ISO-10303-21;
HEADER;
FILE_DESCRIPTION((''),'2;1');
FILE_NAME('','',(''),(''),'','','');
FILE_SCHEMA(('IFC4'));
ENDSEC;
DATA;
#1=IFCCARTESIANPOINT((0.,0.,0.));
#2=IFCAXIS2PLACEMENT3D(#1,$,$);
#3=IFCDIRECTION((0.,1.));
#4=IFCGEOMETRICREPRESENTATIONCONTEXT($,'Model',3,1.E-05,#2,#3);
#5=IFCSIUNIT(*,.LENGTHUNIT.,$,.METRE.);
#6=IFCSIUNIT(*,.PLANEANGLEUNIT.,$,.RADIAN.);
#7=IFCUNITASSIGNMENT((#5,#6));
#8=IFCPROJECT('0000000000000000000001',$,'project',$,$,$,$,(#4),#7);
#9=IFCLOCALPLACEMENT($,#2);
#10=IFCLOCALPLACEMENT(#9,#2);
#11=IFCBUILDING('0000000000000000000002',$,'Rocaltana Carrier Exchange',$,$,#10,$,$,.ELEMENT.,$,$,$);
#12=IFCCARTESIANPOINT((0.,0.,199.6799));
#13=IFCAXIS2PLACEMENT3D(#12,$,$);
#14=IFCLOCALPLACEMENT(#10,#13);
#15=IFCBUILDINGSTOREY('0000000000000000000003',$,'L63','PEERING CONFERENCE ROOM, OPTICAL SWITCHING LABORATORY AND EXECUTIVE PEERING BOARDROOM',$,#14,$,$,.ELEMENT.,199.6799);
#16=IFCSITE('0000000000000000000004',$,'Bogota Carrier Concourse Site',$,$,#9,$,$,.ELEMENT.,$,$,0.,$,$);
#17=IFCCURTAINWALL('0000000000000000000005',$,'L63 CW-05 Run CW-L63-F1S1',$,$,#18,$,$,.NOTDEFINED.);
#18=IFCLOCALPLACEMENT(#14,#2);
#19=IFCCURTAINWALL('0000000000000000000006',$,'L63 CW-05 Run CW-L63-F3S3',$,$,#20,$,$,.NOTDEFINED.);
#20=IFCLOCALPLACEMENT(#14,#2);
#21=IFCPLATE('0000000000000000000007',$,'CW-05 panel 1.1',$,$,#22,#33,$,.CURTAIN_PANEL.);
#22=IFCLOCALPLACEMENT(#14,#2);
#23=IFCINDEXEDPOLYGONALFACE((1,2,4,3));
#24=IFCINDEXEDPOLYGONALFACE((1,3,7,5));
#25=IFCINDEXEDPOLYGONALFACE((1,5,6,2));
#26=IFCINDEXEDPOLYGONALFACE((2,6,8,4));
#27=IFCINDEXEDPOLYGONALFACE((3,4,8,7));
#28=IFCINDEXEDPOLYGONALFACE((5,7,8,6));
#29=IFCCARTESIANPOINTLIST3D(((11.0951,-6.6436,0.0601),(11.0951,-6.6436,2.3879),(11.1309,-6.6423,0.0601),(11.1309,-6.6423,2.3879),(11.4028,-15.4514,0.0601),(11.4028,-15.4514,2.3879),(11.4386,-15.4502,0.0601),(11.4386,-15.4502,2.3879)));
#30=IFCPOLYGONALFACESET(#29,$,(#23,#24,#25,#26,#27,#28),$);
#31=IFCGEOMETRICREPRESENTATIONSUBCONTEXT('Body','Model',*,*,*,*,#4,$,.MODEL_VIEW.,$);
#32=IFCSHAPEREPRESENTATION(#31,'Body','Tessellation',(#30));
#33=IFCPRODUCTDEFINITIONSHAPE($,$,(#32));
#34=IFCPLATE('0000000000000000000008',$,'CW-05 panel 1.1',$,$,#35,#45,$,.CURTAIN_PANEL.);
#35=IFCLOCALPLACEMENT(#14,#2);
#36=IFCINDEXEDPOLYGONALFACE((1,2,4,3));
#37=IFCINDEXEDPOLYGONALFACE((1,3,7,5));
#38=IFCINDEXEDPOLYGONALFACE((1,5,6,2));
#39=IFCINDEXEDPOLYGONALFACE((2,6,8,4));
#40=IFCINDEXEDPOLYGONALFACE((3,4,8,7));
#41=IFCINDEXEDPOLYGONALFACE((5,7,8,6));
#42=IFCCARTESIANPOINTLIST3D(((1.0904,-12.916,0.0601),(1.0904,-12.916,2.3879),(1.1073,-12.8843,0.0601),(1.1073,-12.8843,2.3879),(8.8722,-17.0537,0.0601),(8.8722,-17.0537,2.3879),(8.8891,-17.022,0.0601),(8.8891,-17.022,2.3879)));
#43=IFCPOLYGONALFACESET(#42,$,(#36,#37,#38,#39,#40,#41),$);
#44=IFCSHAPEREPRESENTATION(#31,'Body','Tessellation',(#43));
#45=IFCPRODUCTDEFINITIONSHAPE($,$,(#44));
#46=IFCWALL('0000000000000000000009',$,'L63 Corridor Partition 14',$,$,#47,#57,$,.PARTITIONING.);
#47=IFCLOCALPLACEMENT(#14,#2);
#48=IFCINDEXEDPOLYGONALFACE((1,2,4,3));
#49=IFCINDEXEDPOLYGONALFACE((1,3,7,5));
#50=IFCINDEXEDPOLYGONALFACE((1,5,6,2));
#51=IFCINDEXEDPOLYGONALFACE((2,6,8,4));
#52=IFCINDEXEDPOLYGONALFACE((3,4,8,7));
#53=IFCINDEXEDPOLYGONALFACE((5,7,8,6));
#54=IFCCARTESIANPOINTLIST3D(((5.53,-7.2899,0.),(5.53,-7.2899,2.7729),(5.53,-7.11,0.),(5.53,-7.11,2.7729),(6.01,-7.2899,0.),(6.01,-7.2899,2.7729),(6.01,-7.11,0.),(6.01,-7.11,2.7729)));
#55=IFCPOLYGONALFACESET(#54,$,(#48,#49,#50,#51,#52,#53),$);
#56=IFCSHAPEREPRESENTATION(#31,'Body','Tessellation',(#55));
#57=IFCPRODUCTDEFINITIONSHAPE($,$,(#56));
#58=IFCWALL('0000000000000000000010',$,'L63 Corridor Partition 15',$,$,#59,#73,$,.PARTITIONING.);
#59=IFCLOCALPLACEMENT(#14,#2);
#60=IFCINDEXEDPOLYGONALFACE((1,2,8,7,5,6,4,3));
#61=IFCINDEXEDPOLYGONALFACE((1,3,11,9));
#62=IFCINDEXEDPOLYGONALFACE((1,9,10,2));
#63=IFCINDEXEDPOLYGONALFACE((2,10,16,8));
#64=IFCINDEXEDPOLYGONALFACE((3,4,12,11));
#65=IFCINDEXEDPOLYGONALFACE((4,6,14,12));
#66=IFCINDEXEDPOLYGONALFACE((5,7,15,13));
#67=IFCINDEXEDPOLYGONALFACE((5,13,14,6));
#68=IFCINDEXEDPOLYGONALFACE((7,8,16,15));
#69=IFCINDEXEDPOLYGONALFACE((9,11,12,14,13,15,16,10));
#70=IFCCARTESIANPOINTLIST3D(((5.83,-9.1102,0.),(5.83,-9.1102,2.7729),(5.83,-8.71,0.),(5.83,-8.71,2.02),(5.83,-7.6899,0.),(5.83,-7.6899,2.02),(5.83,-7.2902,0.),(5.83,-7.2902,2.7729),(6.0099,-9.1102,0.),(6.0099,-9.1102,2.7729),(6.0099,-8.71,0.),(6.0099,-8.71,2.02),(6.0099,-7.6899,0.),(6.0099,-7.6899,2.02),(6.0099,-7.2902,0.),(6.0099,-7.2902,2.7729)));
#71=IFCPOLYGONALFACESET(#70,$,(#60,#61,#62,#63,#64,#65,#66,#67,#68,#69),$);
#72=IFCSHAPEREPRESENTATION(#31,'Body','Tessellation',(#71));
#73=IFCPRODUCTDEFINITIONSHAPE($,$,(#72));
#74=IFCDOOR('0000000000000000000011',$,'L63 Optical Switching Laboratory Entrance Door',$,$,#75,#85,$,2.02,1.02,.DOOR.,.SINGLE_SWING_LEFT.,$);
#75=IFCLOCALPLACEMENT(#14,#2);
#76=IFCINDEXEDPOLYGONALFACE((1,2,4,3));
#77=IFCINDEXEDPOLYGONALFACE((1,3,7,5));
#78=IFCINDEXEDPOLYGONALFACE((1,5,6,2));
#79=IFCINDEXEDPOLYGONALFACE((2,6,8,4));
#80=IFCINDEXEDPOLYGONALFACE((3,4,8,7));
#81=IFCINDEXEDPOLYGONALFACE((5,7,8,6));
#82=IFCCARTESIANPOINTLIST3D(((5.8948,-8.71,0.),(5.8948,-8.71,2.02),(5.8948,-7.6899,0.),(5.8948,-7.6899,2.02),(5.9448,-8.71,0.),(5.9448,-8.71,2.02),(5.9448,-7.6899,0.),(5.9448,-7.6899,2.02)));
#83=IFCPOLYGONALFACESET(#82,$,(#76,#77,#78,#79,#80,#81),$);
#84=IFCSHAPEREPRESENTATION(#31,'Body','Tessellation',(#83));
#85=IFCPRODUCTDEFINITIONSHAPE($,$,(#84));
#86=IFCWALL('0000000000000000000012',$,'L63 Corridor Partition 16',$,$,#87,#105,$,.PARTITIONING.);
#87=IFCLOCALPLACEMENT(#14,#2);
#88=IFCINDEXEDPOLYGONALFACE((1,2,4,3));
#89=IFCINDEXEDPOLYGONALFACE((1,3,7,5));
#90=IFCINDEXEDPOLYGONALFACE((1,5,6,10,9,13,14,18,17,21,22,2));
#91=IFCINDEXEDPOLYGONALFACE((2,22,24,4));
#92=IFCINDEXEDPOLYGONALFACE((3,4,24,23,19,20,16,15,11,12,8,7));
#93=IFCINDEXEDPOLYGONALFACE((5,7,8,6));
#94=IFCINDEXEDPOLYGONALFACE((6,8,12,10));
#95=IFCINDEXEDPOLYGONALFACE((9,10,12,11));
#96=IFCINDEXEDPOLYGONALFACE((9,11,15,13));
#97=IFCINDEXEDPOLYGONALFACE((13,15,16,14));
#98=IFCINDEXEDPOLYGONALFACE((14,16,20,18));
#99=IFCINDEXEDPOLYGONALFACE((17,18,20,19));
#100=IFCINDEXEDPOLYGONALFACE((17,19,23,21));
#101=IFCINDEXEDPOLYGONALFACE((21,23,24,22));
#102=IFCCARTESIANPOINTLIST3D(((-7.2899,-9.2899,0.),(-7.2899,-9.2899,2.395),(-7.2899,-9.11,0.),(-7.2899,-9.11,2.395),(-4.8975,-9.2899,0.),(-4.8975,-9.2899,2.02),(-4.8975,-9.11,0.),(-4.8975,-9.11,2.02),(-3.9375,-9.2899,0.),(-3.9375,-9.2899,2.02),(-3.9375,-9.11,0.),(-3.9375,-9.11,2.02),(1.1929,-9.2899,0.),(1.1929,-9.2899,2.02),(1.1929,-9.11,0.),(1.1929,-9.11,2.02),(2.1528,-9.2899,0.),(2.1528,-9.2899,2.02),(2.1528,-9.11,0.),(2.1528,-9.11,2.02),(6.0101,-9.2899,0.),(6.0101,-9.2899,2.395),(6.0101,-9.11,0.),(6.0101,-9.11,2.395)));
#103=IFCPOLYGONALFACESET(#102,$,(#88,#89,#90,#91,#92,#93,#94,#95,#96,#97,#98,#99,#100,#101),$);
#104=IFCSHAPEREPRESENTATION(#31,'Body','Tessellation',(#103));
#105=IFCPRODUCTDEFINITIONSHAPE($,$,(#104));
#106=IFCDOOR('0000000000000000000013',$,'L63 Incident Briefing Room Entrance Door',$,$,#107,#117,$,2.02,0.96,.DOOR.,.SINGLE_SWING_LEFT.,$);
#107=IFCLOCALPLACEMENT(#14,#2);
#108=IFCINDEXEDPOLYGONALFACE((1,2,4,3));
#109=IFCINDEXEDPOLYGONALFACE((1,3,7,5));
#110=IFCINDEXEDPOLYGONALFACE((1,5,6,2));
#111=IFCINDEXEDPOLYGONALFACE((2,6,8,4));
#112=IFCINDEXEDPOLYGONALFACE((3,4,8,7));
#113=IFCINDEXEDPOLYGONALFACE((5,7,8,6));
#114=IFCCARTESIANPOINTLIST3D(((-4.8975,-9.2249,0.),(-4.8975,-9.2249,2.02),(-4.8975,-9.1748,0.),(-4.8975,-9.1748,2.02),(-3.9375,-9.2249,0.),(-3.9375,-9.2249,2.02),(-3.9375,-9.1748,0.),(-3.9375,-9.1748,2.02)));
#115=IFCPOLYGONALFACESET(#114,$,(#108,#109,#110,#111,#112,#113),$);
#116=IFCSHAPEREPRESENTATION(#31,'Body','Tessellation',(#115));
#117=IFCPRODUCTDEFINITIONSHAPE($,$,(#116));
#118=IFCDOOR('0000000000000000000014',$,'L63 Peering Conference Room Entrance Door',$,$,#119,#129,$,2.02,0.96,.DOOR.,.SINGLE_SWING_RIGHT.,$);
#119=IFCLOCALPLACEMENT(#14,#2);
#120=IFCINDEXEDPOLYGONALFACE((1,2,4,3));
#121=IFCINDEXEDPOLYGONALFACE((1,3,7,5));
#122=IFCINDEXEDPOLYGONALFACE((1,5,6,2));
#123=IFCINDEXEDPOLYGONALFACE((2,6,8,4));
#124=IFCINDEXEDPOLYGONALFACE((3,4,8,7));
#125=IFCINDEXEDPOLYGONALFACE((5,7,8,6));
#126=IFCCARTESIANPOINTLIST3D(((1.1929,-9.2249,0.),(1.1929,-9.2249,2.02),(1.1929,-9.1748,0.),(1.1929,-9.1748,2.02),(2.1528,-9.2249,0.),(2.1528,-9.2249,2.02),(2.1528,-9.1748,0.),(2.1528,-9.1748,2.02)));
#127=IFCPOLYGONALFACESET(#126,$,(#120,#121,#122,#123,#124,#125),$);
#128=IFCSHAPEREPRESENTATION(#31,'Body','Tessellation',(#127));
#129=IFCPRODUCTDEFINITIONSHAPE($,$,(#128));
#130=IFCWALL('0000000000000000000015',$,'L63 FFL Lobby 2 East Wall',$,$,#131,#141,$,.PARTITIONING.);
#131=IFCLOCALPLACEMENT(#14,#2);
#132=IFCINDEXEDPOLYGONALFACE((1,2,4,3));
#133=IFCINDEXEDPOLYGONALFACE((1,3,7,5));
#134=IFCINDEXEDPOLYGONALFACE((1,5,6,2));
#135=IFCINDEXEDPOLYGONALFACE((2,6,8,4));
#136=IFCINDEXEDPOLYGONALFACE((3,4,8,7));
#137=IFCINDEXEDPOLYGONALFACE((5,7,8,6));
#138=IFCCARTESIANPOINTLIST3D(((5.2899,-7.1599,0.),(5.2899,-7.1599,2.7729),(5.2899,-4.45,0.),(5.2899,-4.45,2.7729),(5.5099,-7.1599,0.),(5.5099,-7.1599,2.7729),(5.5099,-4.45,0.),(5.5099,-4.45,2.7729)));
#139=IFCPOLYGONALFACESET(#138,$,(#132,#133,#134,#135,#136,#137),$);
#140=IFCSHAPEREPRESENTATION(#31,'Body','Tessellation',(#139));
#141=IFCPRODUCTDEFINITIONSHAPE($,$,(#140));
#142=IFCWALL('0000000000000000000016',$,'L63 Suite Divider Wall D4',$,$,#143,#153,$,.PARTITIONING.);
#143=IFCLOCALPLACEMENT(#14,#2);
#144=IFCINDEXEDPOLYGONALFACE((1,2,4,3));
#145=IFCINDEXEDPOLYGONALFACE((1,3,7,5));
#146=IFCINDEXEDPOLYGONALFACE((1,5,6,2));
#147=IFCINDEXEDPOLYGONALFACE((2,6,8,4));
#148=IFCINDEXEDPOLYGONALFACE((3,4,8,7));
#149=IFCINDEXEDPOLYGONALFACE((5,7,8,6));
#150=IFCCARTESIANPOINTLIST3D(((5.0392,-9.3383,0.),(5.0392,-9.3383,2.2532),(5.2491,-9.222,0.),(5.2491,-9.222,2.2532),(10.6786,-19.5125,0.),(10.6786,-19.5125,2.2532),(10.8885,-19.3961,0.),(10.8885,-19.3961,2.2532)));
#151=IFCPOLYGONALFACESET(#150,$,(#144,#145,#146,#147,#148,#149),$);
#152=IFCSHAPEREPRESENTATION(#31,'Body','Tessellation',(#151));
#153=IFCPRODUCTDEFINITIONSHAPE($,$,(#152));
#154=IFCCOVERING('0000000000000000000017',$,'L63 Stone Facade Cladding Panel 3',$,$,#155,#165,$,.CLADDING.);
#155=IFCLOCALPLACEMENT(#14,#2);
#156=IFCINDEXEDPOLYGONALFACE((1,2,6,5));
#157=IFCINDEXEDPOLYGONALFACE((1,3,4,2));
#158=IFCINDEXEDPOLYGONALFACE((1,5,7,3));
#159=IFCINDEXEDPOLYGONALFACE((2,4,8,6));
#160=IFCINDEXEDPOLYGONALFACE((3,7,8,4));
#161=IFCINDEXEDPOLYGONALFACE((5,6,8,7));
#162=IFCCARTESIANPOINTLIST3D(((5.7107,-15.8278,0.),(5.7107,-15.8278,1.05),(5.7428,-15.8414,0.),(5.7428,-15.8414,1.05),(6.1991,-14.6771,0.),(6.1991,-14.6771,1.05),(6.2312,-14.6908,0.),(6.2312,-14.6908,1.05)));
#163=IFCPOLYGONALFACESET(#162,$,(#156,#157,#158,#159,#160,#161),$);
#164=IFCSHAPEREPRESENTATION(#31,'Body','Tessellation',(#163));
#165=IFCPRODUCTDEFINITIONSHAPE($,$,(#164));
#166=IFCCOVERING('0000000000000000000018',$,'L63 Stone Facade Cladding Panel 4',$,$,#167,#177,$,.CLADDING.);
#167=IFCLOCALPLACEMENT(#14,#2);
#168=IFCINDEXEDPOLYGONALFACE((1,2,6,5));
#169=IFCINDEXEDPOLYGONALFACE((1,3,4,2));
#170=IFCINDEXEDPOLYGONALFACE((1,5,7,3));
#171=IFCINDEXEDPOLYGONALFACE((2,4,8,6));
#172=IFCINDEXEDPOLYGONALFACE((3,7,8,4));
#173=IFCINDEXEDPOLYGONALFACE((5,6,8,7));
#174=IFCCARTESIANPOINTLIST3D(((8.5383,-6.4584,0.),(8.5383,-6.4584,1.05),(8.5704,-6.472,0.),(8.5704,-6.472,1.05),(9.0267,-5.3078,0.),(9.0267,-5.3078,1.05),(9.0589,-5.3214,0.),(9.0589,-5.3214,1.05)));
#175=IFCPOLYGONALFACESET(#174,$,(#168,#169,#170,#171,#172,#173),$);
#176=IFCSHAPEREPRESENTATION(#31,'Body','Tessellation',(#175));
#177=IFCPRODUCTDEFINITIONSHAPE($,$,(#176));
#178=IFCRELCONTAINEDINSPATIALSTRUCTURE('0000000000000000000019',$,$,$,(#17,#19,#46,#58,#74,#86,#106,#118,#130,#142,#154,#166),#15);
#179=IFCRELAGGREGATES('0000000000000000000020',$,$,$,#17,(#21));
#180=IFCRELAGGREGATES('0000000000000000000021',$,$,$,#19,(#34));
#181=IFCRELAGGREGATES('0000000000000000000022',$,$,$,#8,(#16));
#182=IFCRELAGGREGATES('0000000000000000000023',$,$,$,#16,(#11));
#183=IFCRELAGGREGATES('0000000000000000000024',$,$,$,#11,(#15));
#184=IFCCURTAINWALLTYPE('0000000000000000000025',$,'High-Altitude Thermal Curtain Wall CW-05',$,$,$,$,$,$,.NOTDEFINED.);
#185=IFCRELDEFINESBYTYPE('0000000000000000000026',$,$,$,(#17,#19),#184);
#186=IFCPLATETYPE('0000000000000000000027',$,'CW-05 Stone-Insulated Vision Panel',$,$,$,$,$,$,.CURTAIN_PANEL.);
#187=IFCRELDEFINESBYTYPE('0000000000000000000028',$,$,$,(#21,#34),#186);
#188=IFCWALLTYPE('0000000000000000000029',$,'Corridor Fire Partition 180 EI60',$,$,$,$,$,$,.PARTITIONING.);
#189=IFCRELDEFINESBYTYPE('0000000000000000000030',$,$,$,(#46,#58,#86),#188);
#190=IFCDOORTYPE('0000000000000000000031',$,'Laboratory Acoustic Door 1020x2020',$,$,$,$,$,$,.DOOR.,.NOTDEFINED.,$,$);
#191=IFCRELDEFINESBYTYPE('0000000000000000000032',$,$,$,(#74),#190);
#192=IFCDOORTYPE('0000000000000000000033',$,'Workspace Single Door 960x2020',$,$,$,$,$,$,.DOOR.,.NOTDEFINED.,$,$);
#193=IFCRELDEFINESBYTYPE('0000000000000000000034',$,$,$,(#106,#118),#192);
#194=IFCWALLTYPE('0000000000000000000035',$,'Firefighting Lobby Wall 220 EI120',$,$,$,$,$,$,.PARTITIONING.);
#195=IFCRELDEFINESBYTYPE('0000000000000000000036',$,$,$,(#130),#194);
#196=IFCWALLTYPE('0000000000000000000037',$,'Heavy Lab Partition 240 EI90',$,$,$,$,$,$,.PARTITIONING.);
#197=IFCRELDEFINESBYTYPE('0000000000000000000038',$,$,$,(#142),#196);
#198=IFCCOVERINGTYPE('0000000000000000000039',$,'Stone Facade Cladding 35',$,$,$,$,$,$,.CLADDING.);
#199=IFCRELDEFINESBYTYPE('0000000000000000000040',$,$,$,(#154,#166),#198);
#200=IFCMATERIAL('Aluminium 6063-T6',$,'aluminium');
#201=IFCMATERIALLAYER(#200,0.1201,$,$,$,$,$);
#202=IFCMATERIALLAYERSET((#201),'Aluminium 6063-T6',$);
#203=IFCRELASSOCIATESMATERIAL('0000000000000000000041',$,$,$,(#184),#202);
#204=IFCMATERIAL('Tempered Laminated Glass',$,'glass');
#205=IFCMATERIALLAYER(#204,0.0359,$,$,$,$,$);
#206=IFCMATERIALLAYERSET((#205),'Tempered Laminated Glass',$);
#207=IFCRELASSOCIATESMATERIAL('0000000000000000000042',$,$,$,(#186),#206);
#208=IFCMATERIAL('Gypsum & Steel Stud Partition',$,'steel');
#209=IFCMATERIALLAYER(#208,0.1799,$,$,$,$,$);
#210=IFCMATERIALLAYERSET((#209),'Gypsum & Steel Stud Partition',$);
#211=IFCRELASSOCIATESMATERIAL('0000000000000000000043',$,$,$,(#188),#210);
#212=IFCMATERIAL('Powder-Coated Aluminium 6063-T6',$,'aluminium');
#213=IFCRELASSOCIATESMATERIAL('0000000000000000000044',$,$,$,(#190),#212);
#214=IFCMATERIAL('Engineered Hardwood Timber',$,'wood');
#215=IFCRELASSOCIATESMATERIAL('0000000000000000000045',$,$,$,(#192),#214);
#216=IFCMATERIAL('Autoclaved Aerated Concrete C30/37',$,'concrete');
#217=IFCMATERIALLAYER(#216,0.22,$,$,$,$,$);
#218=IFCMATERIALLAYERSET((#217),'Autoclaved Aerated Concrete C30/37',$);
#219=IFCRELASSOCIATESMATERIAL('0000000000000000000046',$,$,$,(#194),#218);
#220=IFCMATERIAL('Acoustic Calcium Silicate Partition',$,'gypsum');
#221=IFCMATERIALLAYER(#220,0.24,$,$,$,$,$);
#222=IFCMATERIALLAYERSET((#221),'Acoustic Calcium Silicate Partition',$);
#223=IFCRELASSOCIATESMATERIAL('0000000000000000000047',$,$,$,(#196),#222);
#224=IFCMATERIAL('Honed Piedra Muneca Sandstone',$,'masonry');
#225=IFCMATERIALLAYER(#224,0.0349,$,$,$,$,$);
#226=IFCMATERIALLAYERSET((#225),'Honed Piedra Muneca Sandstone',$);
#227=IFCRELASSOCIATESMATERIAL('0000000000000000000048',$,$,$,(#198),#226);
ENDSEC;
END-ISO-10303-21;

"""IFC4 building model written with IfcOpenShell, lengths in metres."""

from ifc_helpers import new_model, si_unit, direction, frame, frame_2d, origin, origin_2d, place, context, subcontext, project, spatial, rectangle, extrude, material, layer, layer_set, type_object, element, fill, aggregate, save


model = new_model("IFC4")

# Units and contexts
model_context = context("Model", 3, precision=1e-05, world=origin(), true_north=direction((0.0, 1.0)))
body_context = subcontext(model_context, "Body", "Model", "MODEL_VIEW")
ifc_project = project(units=[si_unit("LENGTHUNIT", "METRE"), si_unit("PLANEANGLEUNIT", "RADIAN")], contexts=[model_context])

# Site, building, storey
site_placement = place(None, origin())
site = spatial("IfcSite", under=ifc_project, at=site_placement, Name="Bogota Carrier Concourse Site", CompositionType="ELEMENT", RefElevation=0.0)
building_placement = place(site_placement, origin())
building = spatial("IfcBuilding", under=site, at=building_placement, Name="Rocaltana Carrier Exchange", CompositionType="ELEMENT")
storey_placement = place(building_placement, frame((0.0, 0.0, 199.6799)))
storey = spatial("IfcBuildingStorey", under=building, at=storey_placement, Name="L63", Description="PEERING CONFERENCE ROOM, OPTICAL SWITCHING LABORATORY AND EXECUTIVE PEERING BOARDROOM", CompositionType="ELEMENT", Elevation=199.6799)

# Curtain walls
ifc_material_1 = material(Name="Aluminium 6063-T6", Category="aluminium")
ifc_layer_1 = layer(ifc_material_1, 0.1201)
ifc_layer_set_1 = layer_set([ifc_layer_1], Name="Aluminium 6063-T6")
curtain_wall_type = type_object("IfcCurtainWallType", Name="High-Altitude Thermal Curtain Wall CW-05", PredefinedType="NOTDEFINED", material=ifc_layer_set_1)
curtain_wall_1_placement = place(storey_placement, origin())
curtain_wall_1 = element("IfcCurtainWall", 1, at=curtain_wall_1_placement, inside=storey, type_object=curtain_wall_type, Name="L63 CW-05 Run CW-L63-F1S1", PredefinedType="NOTDEFINED")
curtain_wall_2_placement = place(storey_placement, origin())
curtain_wall_2 = element("IfcCurtainWall", 2, at=curtain_wall_2_placement, inside=storey, type_object=curtain_wall_type, Name="L63 CW-05 Run CW-L63-F3S3", PredefinedType="NOTDEFINED")

# Plates
ifc_material_2 = material(Name="Tempered Laminated Glass", Category="glass")
ifc_layer_2 = layer(ifc_material_2, 0.0359)
ifc_layer_set_2 = layer_set([ifc_layer_2], Name="Tempered Laminated Glass")
plate_type = type_object("IfcPlateType", Name="CW-05 Stone-Insulated Vision Panel", PredefinedType="CURTAIN_PANEL", material=ifc_layer_set_2)
plate_1_placement = place(storey_placement, frame((11.2668, -11.0469, 0.0601), z_axis=(0.0, 0.0, 1.0), x_axis=(-0.034914, 0.99939, 0.0)))
plate_1 = element("IfcPlate", 3, at=plate_1_placement, type_object=plate_type, Name="CW-05 panel 1.1", PredefinedType="CURTAIN_PANEL", context=body_context, shape_type="SweptSolid", body=[
    extrude(rectangle(XDim=8.8132, YDim=0.0359, at=origin_2d()), origin(), (0.0, 0.0, 1.0), 2.3279),
])
aggregate(curtain_wall_1, [plate_1])
plate_2_placement = place(storey_placement, frame((4.9897, -14.969, 0.0601), z_axis=(0.0, 0.0, 1.0), x_axis=(0.882946, -0.469475, 0.0)))
plate_2 = element("IfcPlate", 4, at=plate_2_placement, type_object=plate_type, Name="CW-05 panel 1.1", PredefinedType="CURTAIN_PANEL", context=body_context, shape_type="SweptSolid", body=[
    extrude(rectangle(XDim=8.8135, YDim=0.0359, at=origin_2d()), origin(), (0.0, 0.0, 1.0), 2.3279),
])
aggregate(curtain_wall_2, [plate_2])

# Wall
ifc_material_3 = material(Name="Gypsum & Steel Stud Partition", Category="steel")
ifc_layer_3 = layer(ifc_material_3, 0.1799)
ifc_layer_set_3 = layer_set([ifc_layer_3], Name="Gypsum & Steel Stud Partition")
wall_type_1 = type_object("IfcWallType", Name="Corridor Fire Partition 180 EI60", PredefinedType="PARTITIONING", material=ifc_layer_set_3)
wall_1_placement = place(storey_placement, frame((5.53, -7.2, 0.0), z_axis=(0.0, 0.0, 1.0), x_axis=(1.0, 0.0, 0.0)))
element("IfcWall", 5, at=wall_1_placement, inside=storey, type_object=wall_type_1, Name="L63 Corridor Partition 14", PredefinedType="PARTITIONING", context=body_context, shape_type="SweptSolid", body=[
    extrude(rectangle(XDim=0.48, YDim=0.1799, at=frame_2d((0.24, 0.0))), origin(), (0.0, 0.0, 1.0), 2.7729),
])

# Wall, opening, door
wall_2_placement = place(storey_placement, frame((5.9199, -7.29, 0.0), z_axis=(0.0, 0.0, 1.0), x_axis=(0.0, -1.0, 0.0)))
wall_2 = element("IfcWall", 6, at=wall_2_placement, inside=storey, type_object=wall_type_1, Name="L63 Corridor Partition 15", PredefinedType="PARTITIONING", context=body_context, shape_type="SweptSolid", body=[
    extrude(rectangle(XDim=1.8201, YDim=0.1799, at=frame_2d((0.9102, 0.0))), origin(), (0.0, 0.0, 1.0), 2.7729),
])
opening_1_placement = place(wall_2_placement, frame((0.3999, 0.0, 0.0)))
opening_1 = element("IfcOpeningElement", 7, at=opening_1_placement, cuts=wall_2, PredefinedType="OPENING", context=body_context, shape_type="SweptSolid", body=[
    extrude(rectangle(XDim=1.02, YDim=2.02, at=frame_2d((0.51, 1.01))), frame((0.0, 0.0999, 0.0), z_axis=(0.0, -1.0, 0.0), x_axis=(1.0, 0.0, 0.0)), (0.0, 0.0, 1.0), 0.2),
])
ifc_material_4 = material(Name="Powder-Coated Aluminium 6063-T6", Category="aluminium")
door_type_1 = type_object("IfcDoorType", Name="Laboratory Acoustic Door 1020x2020", OperationType="NOTDEFINED", PredefinedType="DOOR", material=ifc_material_4)
door_1_placement = place(opening_1_placement, origin())
door_1 = element("IfcDoor", 8, at=door_1_placement, inside=storey, type_object=door_type_1, Name="L63 Optical Switching Laboratory Entrance Door", OperationType="SINGLE_SWING_LEFT", OverallHeight=2.02, OverallWidth=1.02, PredefinedType="DOOR", context=body_context, shape_type="SweptSolid", body=[
    extrude(rectangle(XDim=1.02, YDim=2.02, at=frame_2d((0.51, 1.01))), frame((0.0, 0.0249, 0.0), z_axis=(0.0, -1.0, 0.0), x_axis=(1.0, 0.0, 0.0)), (0.0, 0.0, 1.0), 0.05),
])
fill(opening_1, door_1)

# Wall, openings, doors
wall_3_placement = place(storey_placement, frame((6.01, -9.2, 0.0), z_axis=(0.0, 0.0, 1.0), x_axis=(-1.0, 0.0, 0.0)))
wall_3 = element("IfcWall", 9, at=wall_3_placement, inside=storey, type_object=wall_type_1, Name="L63 Corridor Partition 16", PredefinedType="PARTITIONING", context=body_context, shape_type="SweptSolid", body=[
    extrude(rectangle(XDim=13.3, YDim=0.1799, at=frame_2d((6.6499, 0.0))), origin(), (0.0, 0.0, 1.0), 2.395),
])
opening_2_placement = place(wall_3_placement, frame((9.9475, 0.0, 0.0)))
opening_2 = element("IfcOpeningElement", 10, at=opening_2_placement, cuts=wall_3, PredefinedType="OPENING", context=body_context, shape_type="SweptSolid", body=[
    extrude(rectangle(XDim=0.96, YDim=2.02, at=frame_2d((0.48, 1.01))), frame((0.0, 0.0999, 0.0), z_axis=(0.0, -1.0, 0.0), x_axis=(1.0, 0.0, 0.0)), (0.0, 0.0, 1.0), 0.2),
])
opening_3_placement = place(wall_3_placement, frame((3.8572, 0.0, 0.0)))
opening_3 = element("IfcOpeningElement", 11, at=opening_3_placement, cuts=wall_3, PredefinedType="OPENING", context=body_context, shape_type="SweptSolid", body=[
    extrude(rectangle(XDim=0.96, YDim=2.02, at=frame_2d((0.48, 1.01))), frame((0.0, 0.0999, 0.0), z_axis=(0.0, -1.0, 0.0), x_axis=(1.0, 0.0, 0.0)), (0.0, 0.0, 1.0), 0.2),
])
ifc_material_5 = material(Name="Engineered Hardwood Timber", Category="wood")
door_type_2 = type_object("IfcDoorType", Name="Workspace Single Door 960x2020", OperationType="NOTDEFINED", PredefinedType="DOOR", material=ifc_material_5)
door_2_placement = place(opening_2_placement, origin())
door_2 = element("IfcDoor", 12, at=door_2_placement, inside=storey, type_object=door_type_2, Name="L63 Incident Briefing Room Entrance Door", OperationType="SINGLE_SWING_LEFT", OverallHeight=2.02, OverallWidth=0.96, PredefinedType="DOOR", context=body_context, shape_type="SweptSolid", body=[
    extrude(rectangle(XDim=0.96, YDim=2.02, at=frame_2d((0.48, 1.01))), frame((0.0, 0.0249, 0.0), z_axis=(0.0, -1.0, 0.0), x_axis=(1.0, 0.0, 0.0)), (0.0, 0.0, 1.0), 0.05),
])
fill(opening_2, door_2)
door_3_placement = place(opening_3_placement, origin())
door_3 = element("IfcDoor", 13, at=door_3_placement, inside=storey, type_object=door_type_2, Name="L63 Peering Conference Room Entrance Door", OperationType="SINGLE_SWING_RIGHT", OverallHeight=2.02, OverallWidth=0.96, PredefinedType="DOOR", context=body_context, shape_type="SweptSolid", body=[
    extrude(rectangle(XDim=0.96, YDim=2.02, at=frame_2d((0.48, 1.01))), frame((0.0, 0.0249, 0.0), z_axis=(0.0, -1.0, 0.0), x_axis=(1.0, 0.0, 0.0)), (0.0, 0.0, 1.0), 0.05),
])
fill(opening_3, door_3)

# Walls
ifc_material_6 = material(Name="Autoclaved Aerated Concrete C30/37", Category="concrete")
ifc_layer_4 = layer(ifc_material_6, 0.22)
ifc_layer_set_4 = layer_set([ifc_layer_4], Name="Autoclaved Aerated Concrete C30/37")
wall_type_2 = type_object("IfcWallType", Name="Firefighting Lobby Wall 220 EI120", PredefinedType="PARTITIONING", material=ifc_layer_set_4)
wall_4_placement = place(storey_placement, frame((5.3999, -7.1599, 0.0), z_axis=(0.0, 0.0, 1.0), x_axis=(0.0, 1.0, 0.0)))
element("IfcWall", 14, at=wall_4_placement, inside=storey, type_object=wall_type_2, Name="L63 FFL Lobby 2 East Wall", PredefinedType="PARTITIONING", context=body_context, shape_type="SweptSolid", body=[
    extrude(rectangle(XDim=2.71, YDim=0.22, at=frame_2d((1.355, 0.0))), origin(), (0.0, 0.0, 1.0), 2.7729),
])
ifc_material_7 = material(Name="Acoustic Calcium Silicate Partition", Category="gypsum")
ifc_layer_5 = layer(ifc_material_7, 0.24)
ifc_layer_set_5 = layer_set([ifc_layer_5], Name="Acoustic Calcium Silicate Partition")
wall_type_3 = type_object("IfcWallType", Name="Heavy Lab Partition 240 EI90", PredefinedType="PARTITIONING", material=ifc_layer_set_5)
wall_5_placement = place(storey_placement, frame((5.144, -9.28, 0.0), z_axis=(0.0, 0.0, 1.0), x_axis=(0.484798, -0.874626, 0.0)))
element("IfcWall", 15, at=wall_5_placement, inside=storey, type_object=wall_type_3, Name="L63 Suite Divider Wall D4", PredefinedType="PARTITIONING", context=body_context, shape_type="SweptSolid", body=[
    extrude(rectangle(XDim=11.6326, YDim=0.24, at=frame_2d((5.8164, 0.0))), origin(), (0.0, 0.0, 1.0), 2.2532),
])

# Coverings
ifc_material_8 = material(Name="Honed Piedra Muneca Sandstone", Category="masonry")
ifc_layer_6 = layer(ifc_material_8, 0.0349)
ifc_layer_set_6 = layer_set([ifc_layer_6], Name="Honed Piedra Muneca Sandstone")
covering_type = type_object("IfcCoveringType", Name="Stone Facade Cladding 35", PredefinedType="CLADDING", material=ifc_layer_set_6)
for number, where, z_axis, x_axis, name in (
    (16, (5.9709, -15.2593, 0.0), (0.0, 0.0, 1.0), (0.390731, 0.920505, 0.0), "L63 Stone Facade Cladding Panel 3"),
    (17, (8.7986, -5.8899, 0.0), (0.0, 0.0, 1.0), (0.390731, 0.920505, 0.0), "L63 Stone Facade Cladding Panel 4"),
):
    element("IfcCovering", number, at=place(storey_placement, frame(where, z_axis=z_axis, x_axis=x_axis)), inside=storey, type_object=covering_type, Name=name, PredefinedType="CLADDING", context=body_context, shape_type="SweptSolid", body=[
        extrude(rectangle(XDim=1.25, YDim=0.0349, at=origin_2d()), origin(), (0.0, 0.0, 1.0), 1.05),
    ])

save(model, "model.ifc")
